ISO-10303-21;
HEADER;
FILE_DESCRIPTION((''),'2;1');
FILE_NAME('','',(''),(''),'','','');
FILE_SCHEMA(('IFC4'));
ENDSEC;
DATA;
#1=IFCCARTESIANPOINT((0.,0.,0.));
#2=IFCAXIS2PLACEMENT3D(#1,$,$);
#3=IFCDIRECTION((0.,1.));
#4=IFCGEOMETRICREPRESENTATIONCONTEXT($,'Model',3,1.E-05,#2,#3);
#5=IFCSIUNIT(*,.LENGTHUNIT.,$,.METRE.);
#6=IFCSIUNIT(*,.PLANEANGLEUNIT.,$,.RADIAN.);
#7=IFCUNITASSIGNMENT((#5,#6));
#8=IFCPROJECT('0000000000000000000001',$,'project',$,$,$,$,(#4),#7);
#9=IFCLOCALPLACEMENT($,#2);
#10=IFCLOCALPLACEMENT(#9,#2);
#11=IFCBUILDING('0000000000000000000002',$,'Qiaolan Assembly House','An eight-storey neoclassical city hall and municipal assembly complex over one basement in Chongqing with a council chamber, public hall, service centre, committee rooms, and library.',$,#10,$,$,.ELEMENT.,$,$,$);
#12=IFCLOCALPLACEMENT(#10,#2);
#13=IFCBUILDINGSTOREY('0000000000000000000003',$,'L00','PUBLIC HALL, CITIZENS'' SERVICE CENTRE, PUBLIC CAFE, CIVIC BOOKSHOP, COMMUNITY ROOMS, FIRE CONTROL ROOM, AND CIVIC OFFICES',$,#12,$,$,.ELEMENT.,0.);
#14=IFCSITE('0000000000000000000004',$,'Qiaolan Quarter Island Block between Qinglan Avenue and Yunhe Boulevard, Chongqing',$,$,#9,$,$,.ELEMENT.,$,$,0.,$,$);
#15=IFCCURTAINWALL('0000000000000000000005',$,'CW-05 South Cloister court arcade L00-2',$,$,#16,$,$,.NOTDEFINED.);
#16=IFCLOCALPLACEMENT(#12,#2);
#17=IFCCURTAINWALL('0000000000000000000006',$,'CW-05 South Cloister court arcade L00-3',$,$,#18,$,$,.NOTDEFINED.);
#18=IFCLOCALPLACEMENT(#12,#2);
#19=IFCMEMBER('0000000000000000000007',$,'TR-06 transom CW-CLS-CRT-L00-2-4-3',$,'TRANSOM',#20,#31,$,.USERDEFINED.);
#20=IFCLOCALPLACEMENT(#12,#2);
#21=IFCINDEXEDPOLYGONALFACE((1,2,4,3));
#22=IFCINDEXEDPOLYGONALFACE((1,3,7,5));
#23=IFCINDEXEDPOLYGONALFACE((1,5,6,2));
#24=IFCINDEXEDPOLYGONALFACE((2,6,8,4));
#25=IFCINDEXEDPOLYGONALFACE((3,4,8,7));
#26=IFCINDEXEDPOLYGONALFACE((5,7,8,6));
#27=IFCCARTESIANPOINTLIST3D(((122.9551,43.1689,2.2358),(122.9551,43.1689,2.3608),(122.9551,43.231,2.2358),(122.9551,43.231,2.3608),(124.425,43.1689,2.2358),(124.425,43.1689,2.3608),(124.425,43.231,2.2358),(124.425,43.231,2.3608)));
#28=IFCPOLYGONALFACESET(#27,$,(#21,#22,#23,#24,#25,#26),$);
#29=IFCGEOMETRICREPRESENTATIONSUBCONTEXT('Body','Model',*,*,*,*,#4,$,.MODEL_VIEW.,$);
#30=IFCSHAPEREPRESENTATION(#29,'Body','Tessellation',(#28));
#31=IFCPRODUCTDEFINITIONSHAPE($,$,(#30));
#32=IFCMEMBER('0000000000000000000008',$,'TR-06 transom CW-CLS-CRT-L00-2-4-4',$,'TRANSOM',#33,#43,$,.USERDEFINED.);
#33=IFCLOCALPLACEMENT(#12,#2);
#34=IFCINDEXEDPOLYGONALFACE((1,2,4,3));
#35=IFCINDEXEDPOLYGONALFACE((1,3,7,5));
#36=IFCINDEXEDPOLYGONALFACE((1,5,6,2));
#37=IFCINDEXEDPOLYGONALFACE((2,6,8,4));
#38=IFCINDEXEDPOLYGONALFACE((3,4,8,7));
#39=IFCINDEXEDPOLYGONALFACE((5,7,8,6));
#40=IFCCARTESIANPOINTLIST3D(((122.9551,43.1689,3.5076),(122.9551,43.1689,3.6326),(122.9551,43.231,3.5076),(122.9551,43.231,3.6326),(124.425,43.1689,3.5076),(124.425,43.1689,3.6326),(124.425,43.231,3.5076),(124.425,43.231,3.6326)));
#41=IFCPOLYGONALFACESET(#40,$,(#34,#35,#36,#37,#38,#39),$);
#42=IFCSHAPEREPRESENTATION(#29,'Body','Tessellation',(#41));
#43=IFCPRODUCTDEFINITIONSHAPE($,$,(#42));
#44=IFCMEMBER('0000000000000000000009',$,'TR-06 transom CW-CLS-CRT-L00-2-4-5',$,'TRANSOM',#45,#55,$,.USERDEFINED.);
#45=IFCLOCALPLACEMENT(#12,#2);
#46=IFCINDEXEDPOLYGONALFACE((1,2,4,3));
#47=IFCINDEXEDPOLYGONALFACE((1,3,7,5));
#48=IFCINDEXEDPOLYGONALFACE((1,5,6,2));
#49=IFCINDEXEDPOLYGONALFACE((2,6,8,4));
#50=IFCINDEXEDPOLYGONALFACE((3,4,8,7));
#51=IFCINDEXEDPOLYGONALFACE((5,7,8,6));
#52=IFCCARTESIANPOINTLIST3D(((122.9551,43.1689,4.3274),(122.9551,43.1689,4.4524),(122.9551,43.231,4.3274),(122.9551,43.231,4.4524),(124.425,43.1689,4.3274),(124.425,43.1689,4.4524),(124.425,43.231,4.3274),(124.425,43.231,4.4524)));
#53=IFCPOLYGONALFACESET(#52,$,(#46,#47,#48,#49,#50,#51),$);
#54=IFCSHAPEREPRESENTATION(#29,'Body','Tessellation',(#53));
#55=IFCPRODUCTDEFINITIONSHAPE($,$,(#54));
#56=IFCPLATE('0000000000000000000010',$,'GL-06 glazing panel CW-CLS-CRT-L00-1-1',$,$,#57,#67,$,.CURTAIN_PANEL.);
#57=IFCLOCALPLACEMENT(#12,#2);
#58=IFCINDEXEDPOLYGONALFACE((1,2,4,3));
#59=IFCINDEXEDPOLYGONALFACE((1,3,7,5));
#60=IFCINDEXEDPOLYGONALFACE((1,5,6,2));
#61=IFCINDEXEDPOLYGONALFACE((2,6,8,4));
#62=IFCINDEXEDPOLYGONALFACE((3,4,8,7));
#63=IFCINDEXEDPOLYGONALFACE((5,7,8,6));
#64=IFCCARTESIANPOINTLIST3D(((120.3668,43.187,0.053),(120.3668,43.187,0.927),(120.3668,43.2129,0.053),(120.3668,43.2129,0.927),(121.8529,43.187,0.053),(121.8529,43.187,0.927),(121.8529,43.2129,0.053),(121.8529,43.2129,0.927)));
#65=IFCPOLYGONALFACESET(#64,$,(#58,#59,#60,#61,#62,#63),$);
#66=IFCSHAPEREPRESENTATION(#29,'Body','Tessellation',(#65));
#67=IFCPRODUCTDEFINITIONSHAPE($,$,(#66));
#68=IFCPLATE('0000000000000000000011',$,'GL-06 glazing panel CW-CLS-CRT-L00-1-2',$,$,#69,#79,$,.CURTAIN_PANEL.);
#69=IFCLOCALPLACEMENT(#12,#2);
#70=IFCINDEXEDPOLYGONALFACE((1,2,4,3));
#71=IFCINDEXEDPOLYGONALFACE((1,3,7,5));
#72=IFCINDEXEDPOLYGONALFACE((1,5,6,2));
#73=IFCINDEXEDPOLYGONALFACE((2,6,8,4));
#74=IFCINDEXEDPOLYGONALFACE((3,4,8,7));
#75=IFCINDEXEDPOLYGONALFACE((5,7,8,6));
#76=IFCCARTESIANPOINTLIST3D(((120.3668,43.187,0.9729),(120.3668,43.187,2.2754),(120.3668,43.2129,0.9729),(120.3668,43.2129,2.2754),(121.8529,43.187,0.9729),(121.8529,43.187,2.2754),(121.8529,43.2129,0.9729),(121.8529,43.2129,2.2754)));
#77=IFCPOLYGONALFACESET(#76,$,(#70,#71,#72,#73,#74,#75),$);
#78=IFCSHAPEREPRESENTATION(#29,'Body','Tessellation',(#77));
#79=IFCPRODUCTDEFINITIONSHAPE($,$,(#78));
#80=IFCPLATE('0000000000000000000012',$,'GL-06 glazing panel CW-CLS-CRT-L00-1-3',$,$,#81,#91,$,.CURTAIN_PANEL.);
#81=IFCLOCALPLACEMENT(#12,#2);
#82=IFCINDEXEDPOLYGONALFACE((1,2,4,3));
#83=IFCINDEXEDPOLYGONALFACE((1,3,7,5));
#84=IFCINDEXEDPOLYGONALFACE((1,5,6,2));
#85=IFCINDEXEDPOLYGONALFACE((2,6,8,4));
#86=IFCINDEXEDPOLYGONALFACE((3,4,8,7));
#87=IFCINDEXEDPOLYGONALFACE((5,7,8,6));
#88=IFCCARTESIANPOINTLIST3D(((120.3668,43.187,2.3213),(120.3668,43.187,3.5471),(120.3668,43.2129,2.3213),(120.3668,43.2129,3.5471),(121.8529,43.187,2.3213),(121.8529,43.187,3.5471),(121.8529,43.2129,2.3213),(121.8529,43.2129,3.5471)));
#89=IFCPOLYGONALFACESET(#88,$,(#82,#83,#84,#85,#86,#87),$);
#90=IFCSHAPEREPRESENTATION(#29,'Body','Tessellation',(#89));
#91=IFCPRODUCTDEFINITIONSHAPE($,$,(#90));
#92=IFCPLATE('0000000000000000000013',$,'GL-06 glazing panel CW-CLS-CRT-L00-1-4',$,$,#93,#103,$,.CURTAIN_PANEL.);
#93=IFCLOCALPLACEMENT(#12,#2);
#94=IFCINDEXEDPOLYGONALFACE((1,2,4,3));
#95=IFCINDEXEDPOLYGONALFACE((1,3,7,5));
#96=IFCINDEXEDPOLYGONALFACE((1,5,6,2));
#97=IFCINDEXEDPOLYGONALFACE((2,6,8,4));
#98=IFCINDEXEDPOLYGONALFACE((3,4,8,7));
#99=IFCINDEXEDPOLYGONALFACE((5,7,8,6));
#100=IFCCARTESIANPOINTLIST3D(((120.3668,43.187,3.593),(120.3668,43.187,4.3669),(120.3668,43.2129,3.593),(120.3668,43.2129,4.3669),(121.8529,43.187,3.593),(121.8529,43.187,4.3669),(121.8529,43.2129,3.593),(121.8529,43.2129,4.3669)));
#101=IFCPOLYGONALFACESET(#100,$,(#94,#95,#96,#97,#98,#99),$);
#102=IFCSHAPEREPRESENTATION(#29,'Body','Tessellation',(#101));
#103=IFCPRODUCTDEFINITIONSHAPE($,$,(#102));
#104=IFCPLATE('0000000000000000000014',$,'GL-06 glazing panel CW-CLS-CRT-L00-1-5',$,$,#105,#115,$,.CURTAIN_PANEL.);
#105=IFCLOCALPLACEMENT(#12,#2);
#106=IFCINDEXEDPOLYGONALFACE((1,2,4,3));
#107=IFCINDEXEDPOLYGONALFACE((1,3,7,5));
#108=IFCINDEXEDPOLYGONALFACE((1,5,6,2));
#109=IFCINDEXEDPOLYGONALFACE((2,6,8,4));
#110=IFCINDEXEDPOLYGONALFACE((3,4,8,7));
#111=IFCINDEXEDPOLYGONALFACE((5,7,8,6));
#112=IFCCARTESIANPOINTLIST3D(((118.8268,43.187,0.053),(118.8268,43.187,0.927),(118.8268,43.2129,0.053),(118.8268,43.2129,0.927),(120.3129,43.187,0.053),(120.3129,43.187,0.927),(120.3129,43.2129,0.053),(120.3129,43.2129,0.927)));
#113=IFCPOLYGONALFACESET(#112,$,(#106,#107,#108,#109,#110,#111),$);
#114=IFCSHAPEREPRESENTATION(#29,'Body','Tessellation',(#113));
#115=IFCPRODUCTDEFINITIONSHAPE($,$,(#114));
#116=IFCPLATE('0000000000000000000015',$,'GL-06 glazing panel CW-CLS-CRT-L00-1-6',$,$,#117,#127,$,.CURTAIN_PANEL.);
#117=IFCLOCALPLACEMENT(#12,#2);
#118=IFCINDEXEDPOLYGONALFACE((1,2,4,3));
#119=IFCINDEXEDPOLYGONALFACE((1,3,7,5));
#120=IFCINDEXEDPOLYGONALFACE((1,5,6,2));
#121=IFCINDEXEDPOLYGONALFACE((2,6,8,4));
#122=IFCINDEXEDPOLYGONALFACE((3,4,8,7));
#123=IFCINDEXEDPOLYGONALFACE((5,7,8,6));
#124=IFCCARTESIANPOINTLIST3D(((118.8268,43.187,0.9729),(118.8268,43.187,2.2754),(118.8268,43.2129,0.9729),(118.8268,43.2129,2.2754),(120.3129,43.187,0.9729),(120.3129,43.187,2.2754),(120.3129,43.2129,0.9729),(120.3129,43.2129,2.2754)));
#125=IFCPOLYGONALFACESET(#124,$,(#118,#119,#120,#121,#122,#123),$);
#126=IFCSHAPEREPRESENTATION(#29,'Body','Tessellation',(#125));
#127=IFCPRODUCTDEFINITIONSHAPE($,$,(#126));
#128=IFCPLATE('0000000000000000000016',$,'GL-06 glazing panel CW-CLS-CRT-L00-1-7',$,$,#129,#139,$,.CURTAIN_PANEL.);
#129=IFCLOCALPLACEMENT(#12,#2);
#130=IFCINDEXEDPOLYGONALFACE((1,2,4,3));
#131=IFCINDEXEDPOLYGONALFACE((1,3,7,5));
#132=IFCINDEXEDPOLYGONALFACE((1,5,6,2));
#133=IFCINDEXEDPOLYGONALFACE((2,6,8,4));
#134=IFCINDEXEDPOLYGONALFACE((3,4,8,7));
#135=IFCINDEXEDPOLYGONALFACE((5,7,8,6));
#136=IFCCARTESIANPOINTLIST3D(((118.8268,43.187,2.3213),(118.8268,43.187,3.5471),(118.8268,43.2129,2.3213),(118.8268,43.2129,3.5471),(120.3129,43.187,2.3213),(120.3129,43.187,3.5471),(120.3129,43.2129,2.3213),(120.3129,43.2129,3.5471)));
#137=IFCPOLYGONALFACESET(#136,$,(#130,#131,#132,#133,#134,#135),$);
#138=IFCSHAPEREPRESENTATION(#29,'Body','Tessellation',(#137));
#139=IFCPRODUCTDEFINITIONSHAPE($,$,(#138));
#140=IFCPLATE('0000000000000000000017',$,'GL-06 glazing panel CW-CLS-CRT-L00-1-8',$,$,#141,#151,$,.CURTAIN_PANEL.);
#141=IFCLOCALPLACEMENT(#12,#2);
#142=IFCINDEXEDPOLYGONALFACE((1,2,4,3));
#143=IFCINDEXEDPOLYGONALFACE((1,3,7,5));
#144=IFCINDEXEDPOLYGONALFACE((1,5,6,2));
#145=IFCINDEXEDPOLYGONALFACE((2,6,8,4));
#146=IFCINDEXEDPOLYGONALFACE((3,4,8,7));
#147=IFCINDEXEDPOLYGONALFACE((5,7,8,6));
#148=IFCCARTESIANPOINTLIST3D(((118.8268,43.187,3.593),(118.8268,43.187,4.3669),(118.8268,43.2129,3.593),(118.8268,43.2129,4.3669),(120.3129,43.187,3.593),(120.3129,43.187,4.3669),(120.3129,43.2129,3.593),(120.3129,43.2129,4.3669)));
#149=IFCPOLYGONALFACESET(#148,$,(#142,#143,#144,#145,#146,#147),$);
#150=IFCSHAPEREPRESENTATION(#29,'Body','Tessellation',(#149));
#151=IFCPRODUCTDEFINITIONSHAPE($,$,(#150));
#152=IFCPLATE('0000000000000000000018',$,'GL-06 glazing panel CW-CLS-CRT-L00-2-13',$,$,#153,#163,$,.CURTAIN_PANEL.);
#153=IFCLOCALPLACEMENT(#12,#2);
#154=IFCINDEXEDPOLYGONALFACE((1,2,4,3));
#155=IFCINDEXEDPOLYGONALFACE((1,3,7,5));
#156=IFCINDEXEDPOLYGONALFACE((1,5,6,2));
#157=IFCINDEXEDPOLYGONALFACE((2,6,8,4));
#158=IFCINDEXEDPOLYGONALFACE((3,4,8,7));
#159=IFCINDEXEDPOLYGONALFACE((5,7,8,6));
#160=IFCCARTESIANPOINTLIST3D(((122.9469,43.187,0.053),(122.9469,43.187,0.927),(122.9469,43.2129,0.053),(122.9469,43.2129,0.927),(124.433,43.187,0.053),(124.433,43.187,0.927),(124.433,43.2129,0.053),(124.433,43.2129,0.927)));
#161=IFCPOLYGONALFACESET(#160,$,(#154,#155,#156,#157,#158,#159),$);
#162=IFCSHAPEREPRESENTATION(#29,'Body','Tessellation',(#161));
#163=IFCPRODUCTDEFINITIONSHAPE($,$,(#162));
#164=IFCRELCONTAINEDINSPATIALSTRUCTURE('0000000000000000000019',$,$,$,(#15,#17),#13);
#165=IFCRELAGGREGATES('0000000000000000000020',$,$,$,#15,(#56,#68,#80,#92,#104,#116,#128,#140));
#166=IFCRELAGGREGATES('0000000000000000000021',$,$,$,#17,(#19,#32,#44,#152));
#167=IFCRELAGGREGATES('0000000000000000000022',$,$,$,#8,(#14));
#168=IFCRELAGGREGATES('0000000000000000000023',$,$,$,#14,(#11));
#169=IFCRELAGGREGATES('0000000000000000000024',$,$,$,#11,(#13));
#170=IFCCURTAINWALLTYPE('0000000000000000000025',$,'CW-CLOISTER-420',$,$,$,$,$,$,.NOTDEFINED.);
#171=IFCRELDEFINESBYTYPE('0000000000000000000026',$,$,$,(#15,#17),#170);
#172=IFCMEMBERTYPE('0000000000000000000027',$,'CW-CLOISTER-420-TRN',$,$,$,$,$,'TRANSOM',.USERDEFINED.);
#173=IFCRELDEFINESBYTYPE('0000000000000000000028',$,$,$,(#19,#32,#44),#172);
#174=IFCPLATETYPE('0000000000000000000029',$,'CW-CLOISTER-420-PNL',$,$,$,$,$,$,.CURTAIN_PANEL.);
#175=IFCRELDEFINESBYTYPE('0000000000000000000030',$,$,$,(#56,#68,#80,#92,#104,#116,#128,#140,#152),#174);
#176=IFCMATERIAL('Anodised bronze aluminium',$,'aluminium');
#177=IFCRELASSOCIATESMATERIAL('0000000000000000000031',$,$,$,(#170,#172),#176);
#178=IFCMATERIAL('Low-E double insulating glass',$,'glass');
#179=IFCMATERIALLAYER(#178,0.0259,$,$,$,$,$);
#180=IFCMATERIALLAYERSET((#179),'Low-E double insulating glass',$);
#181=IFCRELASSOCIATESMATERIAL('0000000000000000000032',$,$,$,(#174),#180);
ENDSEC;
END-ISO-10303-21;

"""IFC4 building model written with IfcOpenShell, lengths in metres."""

from ifc_helpers import new_model, si_unit, direction, frame, frame_2d, origin, origin_2d, place, context, subcontext, project, spatial, rectangle, extrude, material, layer, layer_set, material_profile, profile_set, type_object, element, aggregate, save


model = new_model("IFC4")

# Units and contexts
model_context = context("Model", 3, precision=1e-05, world=origin(), true_north=direction((0.0, 1.0)))
body_context = subcontext(model_context, "Body", "Model", "MODEL_VIEW")
ifc_project = project(units=[si_unit("LENGTHUNIT", "METRE"), si_unit("PLANEANGLEUNIT", "RADIAN")], contexts=[model_context])

# Site, building, storey
site_placement = place(None, origin())
site = spatial("IfcSite", under=ifc_project, at=site_placement, Name="Qiaolan Quarter Island Block between Qinglan Avenue and Yunhe Boulevard, Chongqing", CompositionType="ELEMENT", RefElevation=0.0)
building_placement = place(site_placement, origin())
building = spatial("IfcBuilding", under=site, at=building_placement, Name="Qiaolan Assembly House", Description="An eight-storey neoclassical city hall and municipal assembly complex over one basement in Chongqing with a council chamber, public hall, service centre, committee rooms, and library.", CompositionType="ELEMENT")
storey_placement = place(building_placement, origin())
storey = spatial("IfcBuildingStorey", under=building, at=storey_placement, Name="L00", Description="PUBLIC HALL, CITIZENS' SERVICE CENTRE, PUBLIC CAFE, CIVIC BOOKSHOP, COMMUNITY ROOMS, FIRE CONTROL ROOM, AND CIVIC OFFICES", CompositionType="ELEMENT", Elevation=0.0)

# Curtain wall
ifc_material_1 = material(Name="Anodised bronze aluminium", Category="aluminium")
curtain_wall_type = type_object("IfcCurtainWallType", Name="CW-CLOISTER-420", PredefinedType="NOTDEFINED", material=ifc_material_1)
curtain_wall_1_placement = place(storey_placement, origin())
curtain_wall_1 = element("IfcCurtainWall", 1, at=curtain_wall_1_placement, inside=storey, type_object=curtain_wall_type, Name="CW-05 South Cloister court arcade L00-2", PredefinedType="NOTDEFINED")

# Curtain wall
curtain_wall_2_placement = place(storey_placement, origin())
curtain_wall_2 = element("IfcCurtainWall", 2, at=curtain_wall_2_placement, inside=storey, type_object=curtain_wall_type, Name="CW-05 South Cloister court arcade L00-3", PredefinedType="NOTDEFINED")

# Members
ifc_material_profile_1 = material_profile(ifc_material_1, rectangle(XDim=0.062, YDim=0.125, at=origin_2d()), Name="TRN 62x125")
ifc_profile_set_1 = profile_set([ifc_material_profile_1], Name="Anodised bronze aluminium")
member_type_1 = type_object("IfcMemberType", Name="CW-CLOISTER-420-TRN", ElementType="TRANSOM", PredefinedType="USERDEFINED", material=ifc_profile_set_1)
member_1_placement = place(storey_placement, frame((124.425, 43.2, 2.2983), z_axis=(-1.0, 0.0, 0.0), x_axis=(0.0, -1.0, 0.0)))
member_1 = element("IfcMember", 3, at=member_1_placement, type_object=member_type_1, Name="TR-06 transom CW-CLS-CRT-L00-2-4-3", ObjectType="TRANSOM", PredefinedType="USERDEFINED", context=body_context, shape_type="SweptSolid", body=[
    extrude(rectangle(XDim=0.062, YDim=0.125, at=origin_2d()), origin(), (0.0, 0.0, 1.0), 1.47),
])
member_2_placement = place(storey_placement, frame((124.425, 43.2, 3.5701), z_axis=(-1.0, 0.0, 0.0), x_axis=(0.0, -1.0, 0.0)))
member_2 = element("IfcMember", 4, at=member_2_placement, type_object=member_type_1, Name="TR-06 transom CW-CLS-CRT-L00-2-4-4", ObjectType="TRANSOM", PredefinedType="USERDEFINED", context=body_context, shape_type="SweptSolid", body=[
    extrude(rectangle(XDim=0.062, YDim=0.125, at=origin_2d()), origin(), (0.0, 0.0, 1.0), 1.47),
])
member_3_placement = place(storey_placement, frame((124.425, 43.2, 4.3899), z_axis=(-1.0, 0.0, 0.0), x_axis=(0.0, -1.0, 0.0)))
member_3 = element("IfcMember", 5, at=member_3_placement, type_object=member_type_1, Name="TR-06 transom CW-CLS-CRT-L00-2-4-5", ObjectType="TRANSOM", PredefinedType="USERDEFINED", context=body_context, shape_type="SweptSolid", body=[
    extrude(rectangle(XDim=0.062, YDim=0.125, at=origin_2d()), origin(), (0.0, 0.0, 1.0), 1.47),
])

# Plates
ifc_material_2 = material(Name="Low-E double insulating glass", Category="glass")
ifc_layer = layer(ifc_material_2, 0.0259)
ifc_layer_set = layer_set([ifc_layer], Name="Low-E double insulating glass")
plate_type = type_object("IfcPlateType", Name="CW-CLOISTER-420-PNL", PredefinedType="CURTAIN_PANEL", material=ifc_layer_set)
plate_1_placement = place(storey_placement, frame((121.853, 43.2, 0.053), z_axis=(0.0, 0.0, 1.0), x_axis=(-1.0, 0.0, 0.0)))
plate_1 = element("IfcPlate", 6, at=plate_1_placement, type_object=plate_type, Name="GL-06 glazing panel CW-CLS-CRT-L00-1-1", PredefinedType="CURTAIN_PANEL", context=body_context, shape_type="SweptSolid", body=[
    extrude(rectangle(XDim=1.4861, YDim=0.0259, at=frame_2d((0.7432, 0.0))), origin(), (0.0, 0.0, 1.0), 0.874),
])
plate_2_placement = place(storey_placement, frame((121.853, 43.2, 0.9729), z_axis=(0.0, 0.0, 1.0), x_axis=(-1.0, 0.0, 0.0)))
plate_2 = element("IfcPlate", 7, at=plate_2_placement, type_object=plate_type, Name="GL-06 glazing panel CW-CLS-CRT-L00-1-2", PredefinedType="CURTAIN_PANEL", context=body_context, shape_type="SweptSolid", body=[
    extrude(rectangle(XDim=1.4861, YDim=0.0259, at=frame_2d((0.7432, 0.0))), origin(), (0.0, 0.0, 1.0), 1.3025),
])
plate_3_placement = place(storey_placement, frame((121.853, 43.2, 2.3213), z_axis=(0.0, 0.0, 1.0), x_axis=(-1.0, 0.0, 0.0)))
plate_3 = element("IfcPlate", 8, at=plate_3_placement, type_object=plate_type, Name="GL-06 glazing panel CW-CLS-CRT-L00-1-3", PredefinedType="CURTAIN_PANEL", context=body_context, shape_type="SweptSolid", body=[
    extrude(rectangle(XDim=1.4861, YDim=0.0259, at=frame_2d((0.7432, 0.0))), origin(), (0.0, 0.0, 1.0), 1.2258),
])
plate_4_placement = place(storey_placement, frame((121.853, 43.2, 3.593), z_axis=(0.0, 0.0, 1.0), x_axis=(-1.0, 0.0, 0.0)))
plate_4 = element("IfcPlate", 9, at=plate_4_placement, type_object=plate_type, Name="GL-06 glazing panel CW-CLS-CRT-L00-1-4", PredefinedType="CURTAIN_PANEL", context=body_context, shape_type="SweptSolid", body=[
    extrude(rectangle(XDim=1.4861, YDim=0.0259, at=frame_2d((0.7432, 0.0))), origin(), (0.0, 0.0, 1.0), 0.7739),
])
plate_5_placement = place(storey_placement, frame((120.313, 43.2, 0.053), z_axis=(0.0, 0.0, 1.0), x_axis=(-1.0, 0.0, 0.0)))
plate_5 = element("IfcPlate", 10, at=plate_5_placement, type_object=plate_type, Name="GL-06 glazing panel CW-CLS-CRT-L00-1-5", PredefinedType="CURTAIN_PANEL", context=body_context, shape_type="SweptSolid", body=[
    extrude(rectangle(XDim=1.4861, YDim=0.0259, at=frame_2d((0.7432, 0.0))), origin(), (0.0, 0.0, 1.0), 0.874),
])
plate_6_placement = place(storey_placement, frame((120.313, 43.2, 0.9729), z_axis=(0.0, 0.0, 1.0), x_axis=(-1.0, 0.0, 0.0)))
plate_6 = element("IfcPlate", 11, at=plate_6_placement, type_object=plate_type, Name="GL-06 glazing panel CW-CLS-CRT-L00-1-6", PredefinedType="CURTAIN_PANEL", context=body_context, shape_type="SweptSolid", body=[
    extrude(rectangle(XDim=1.4861, YDim=0.0259, at=frame_2d((0.7432, 0.0))), origin(), (0.0, 0.0, 1.0), 1.3025),
])
plate_7_placement = place(storey_placement, frame((120.313, 43.2, 2.3213), z_axis=(0.0, 0.0, 1.0), x_axis=(-1.0, 0.0, 0.0)))
plate_7 = element("IfcPlate", 12, at=plate_7_placement, type_object=plate_type, Name="GL-06 glazing panel CW-CLS-CRT-L00-1-7", PredefinedType="CURTAIN_PANEL", context=body_context, shape_type="SweptSolid", body=[
    extrude(rectangle(XDim=1.4861, YDim=0.0259, at=frame_2d((0.7432, 0.0))), origin(), (0.0, 0.0, 1.0), 1.2258),
])
plate_8_placement = place(storey_placement, frame((120.313, 43.2, 3.593), z_axis=(0.0, 0.0, 1.0), x_axis=(-1.0, 0.0, 0.0)))
plate_8 = element("IfcPlate", 13, at=plate_8_placement, type_object=plate_type, Name="GL-06 glazing panel CW-CLS-CRT-L00-1-8", PredefinedType="CURTAIN_PANEL", context=body_context, shape_type="SweptSolid", body=[
    extrude(rectangle(XDim=1.4861, YDim=0.0259, at=frame_2d((0.7432, 0.0))), origin(), (0.0, 0.0, 1.0), 0.7739),
])
aggregate(curtain_wall_1, [plate_1, plate_2, plate_3, plate_4, plate_5, plate_6, plate_7, plate_8])
plate_9_placement = place(storey_placement, frame((124.4331, 43.2, 0.053), z_axis=(0.0, 0.0, 1.0), x_axis=(-1.0, 0.0, 0.0)))
plate_9 = element("IfcPlate", 14, at=plate_9_placement, type_object=plate_type, Name="GL-06 glazing panel CW-CLS-CRT-L00-2-13", PredefinedType="CURTAIN_PANEL", context=body_context, shape_type="SweptSolid", body=[
    extrude(rectangle(XDim=1.4861, YDim=0.0259, at=frame_2d((0.7432, 0.0))), origin(), (0.0, 0.0, 1.0), 0.874),
])
aggregate(curtain_wall_2, [member_1, member_2, member_3, plate_9])

save(model, "model.ifc")
